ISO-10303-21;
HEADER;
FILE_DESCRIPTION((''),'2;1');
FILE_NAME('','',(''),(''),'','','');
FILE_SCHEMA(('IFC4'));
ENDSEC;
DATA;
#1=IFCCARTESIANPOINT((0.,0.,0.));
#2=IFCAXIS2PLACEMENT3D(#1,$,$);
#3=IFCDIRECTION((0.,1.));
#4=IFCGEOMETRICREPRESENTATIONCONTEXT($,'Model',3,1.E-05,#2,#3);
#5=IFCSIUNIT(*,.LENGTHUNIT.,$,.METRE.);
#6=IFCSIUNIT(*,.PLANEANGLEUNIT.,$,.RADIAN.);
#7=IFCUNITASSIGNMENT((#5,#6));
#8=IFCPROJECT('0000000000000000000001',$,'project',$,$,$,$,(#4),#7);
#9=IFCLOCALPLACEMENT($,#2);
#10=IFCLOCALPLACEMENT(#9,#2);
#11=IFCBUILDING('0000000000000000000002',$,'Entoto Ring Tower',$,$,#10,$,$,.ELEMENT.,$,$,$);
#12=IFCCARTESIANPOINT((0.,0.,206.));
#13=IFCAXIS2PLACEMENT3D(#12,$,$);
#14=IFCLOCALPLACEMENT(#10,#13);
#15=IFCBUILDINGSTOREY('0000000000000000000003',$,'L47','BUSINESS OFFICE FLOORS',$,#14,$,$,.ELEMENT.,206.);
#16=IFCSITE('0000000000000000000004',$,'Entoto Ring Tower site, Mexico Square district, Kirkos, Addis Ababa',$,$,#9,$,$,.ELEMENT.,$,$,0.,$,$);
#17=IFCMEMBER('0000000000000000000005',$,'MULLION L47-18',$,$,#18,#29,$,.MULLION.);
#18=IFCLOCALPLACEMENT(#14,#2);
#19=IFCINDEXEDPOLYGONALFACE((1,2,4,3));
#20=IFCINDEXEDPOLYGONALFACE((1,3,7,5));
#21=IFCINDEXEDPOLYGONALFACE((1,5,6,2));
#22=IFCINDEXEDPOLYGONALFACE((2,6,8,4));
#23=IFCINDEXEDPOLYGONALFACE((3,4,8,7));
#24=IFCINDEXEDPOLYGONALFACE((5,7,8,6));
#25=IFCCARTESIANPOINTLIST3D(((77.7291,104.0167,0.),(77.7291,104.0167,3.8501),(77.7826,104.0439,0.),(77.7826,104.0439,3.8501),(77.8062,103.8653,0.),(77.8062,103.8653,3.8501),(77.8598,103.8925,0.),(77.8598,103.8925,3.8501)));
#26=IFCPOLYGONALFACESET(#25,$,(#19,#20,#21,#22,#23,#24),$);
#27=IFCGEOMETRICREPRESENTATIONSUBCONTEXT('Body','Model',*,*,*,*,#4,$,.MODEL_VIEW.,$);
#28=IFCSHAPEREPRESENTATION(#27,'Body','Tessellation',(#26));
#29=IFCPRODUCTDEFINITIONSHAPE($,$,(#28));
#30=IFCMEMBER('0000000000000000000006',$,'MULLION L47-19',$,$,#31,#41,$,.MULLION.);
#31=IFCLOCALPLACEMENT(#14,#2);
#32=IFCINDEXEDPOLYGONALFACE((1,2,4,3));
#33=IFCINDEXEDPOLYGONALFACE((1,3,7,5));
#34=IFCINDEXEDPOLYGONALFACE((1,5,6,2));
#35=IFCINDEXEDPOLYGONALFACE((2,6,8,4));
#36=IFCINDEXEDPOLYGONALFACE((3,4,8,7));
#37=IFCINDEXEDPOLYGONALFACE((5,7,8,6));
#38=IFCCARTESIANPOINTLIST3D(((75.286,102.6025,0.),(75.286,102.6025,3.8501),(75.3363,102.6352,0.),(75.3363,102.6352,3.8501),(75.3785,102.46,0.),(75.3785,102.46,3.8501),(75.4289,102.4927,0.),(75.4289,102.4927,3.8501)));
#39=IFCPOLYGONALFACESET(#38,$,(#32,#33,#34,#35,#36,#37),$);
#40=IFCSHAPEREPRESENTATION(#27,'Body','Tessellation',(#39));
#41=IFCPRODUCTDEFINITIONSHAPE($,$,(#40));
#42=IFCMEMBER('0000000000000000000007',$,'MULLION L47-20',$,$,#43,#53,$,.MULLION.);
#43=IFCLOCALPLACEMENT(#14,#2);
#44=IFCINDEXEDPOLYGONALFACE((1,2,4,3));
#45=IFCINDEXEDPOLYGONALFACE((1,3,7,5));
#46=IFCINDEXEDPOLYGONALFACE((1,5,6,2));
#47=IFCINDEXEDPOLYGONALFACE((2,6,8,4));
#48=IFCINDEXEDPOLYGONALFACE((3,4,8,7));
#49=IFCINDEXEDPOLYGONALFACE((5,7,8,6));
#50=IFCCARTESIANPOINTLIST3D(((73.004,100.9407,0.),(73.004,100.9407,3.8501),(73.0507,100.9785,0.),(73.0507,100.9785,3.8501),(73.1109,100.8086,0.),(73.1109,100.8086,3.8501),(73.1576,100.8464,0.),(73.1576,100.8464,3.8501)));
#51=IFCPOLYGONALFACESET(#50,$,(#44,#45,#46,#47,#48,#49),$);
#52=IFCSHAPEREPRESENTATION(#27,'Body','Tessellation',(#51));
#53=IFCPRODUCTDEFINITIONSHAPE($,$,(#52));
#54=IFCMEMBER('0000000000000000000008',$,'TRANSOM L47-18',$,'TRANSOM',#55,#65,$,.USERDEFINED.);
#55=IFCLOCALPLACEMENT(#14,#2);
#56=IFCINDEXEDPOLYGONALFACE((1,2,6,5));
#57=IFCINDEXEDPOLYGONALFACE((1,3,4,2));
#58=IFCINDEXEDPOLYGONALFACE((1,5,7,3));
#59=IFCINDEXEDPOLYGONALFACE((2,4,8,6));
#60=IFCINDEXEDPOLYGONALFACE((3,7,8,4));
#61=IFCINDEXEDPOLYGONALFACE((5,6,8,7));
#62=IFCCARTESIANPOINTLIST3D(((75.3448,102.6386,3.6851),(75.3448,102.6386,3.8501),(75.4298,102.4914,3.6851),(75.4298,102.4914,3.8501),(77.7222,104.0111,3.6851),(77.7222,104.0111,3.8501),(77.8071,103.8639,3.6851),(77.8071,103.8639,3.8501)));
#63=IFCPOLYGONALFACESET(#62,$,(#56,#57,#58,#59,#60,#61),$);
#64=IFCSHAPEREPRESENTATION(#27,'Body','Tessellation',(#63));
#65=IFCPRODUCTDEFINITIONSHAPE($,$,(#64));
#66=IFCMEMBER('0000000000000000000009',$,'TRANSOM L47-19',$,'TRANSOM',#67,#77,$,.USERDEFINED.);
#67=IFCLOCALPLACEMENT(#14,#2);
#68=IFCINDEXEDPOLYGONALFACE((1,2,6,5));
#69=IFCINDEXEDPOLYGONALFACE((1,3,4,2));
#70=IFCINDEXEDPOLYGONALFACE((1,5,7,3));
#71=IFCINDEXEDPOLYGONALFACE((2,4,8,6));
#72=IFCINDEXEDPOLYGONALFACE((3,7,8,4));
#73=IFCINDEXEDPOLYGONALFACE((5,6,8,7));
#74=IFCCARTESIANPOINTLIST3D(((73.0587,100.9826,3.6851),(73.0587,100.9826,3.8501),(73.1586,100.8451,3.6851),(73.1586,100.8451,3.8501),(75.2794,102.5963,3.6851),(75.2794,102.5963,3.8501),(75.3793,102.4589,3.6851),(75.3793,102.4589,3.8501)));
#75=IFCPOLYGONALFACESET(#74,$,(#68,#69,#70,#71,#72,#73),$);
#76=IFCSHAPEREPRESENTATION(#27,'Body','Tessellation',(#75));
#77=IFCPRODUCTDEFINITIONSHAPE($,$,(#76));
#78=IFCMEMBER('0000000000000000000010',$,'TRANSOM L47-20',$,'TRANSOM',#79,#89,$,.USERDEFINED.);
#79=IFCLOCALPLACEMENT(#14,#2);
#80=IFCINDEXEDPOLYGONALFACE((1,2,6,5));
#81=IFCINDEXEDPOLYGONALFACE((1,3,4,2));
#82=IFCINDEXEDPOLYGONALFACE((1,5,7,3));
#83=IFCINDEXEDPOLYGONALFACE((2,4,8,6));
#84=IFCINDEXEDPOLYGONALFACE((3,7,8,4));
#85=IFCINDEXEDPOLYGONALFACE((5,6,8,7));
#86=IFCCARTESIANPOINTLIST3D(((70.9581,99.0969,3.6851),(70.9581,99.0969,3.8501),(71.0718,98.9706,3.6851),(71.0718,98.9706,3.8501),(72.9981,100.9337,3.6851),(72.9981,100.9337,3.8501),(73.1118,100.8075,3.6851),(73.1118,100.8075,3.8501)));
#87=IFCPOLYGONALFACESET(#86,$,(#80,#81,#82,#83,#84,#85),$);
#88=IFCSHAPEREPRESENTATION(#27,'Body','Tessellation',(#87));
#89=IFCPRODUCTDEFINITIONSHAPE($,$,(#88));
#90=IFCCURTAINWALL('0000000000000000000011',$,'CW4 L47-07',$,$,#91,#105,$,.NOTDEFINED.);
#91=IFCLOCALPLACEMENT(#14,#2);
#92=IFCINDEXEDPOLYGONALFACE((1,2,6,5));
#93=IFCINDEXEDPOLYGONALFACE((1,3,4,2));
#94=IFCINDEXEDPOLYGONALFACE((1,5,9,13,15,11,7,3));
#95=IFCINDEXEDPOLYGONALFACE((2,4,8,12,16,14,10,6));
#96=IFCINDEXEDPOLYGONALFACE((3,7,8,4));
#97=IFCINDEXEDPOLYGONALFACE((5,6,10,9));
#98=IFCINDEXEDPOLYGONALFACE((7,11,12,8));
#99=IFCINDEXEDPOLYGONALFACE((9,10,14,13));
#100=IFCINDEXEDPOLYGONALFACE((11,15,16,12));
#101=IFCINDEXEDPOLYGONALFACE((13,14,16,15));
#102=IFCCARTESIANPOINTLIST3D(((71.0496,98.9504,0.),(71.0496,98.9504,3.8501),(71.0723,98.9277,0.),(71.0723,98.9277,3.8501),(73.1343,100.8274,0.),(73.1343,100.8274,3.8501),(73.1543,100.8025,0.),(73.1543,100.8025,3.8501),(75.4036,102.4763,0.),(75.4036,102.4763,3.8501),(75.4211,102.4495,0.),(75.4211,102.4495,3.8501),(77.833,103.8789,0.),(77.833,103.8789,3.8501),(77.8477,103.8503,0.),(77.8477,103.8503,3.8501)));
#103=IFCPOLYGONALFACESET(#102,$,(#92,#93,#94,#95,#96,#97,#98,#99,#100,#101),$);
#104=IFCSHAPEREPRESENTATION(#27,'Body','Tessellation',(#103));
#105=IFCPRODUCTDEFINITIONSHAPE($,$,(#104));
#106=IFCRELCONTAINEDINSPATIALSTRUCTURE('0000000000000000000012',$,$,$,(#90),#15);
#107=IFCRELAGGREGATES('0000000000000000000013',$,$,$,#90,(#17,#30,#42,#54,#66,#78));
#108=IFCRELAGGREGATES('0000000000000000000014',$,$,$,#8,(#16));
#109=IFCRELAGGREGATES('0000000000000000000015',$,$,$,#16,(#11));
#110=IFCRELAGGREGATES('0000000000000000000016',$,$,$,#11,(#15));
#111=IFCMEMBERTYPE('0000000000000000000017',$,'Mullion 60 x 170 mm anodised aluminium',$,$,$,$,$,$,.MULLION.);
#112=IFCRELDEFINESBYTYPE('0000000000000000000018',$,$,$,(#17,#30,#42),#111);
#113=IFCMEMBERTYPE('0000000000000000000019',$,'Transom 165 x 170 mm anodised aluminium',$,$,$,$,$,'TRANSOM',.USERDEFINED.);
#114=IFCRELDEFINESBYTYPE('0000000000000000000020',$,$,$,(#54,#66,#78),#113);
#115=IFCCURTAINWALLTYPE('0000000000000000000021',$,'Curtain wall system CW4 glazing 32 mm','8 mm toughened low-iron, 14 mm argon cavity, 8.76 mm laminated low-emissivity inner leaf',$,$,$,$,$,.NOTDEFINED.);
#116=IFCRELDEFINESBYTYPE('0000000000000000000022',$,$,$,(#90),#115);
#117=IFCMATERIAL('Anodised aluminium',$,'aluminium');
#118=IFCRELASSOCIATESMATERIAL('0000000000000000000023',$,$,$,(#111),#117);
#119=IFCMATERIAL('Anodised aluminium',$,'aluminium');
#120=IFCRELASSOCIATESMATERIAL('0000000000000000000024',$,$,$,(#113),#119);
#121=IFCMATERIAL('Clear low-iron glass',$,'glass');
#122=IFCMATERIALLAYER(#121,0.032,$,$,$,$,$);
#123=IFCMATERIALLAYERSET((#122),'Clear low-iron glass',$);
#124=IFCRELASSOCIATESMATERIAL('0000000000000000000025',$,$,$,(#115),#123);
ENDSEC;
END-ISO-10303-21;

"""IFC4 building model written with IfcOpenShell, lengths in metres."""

from ifc_helpers import new_model, si_unit, direction, frame, origin, origin_2d, place, context, subcontext, project, spatial, polyline, rectangle, outline, extrude, material, layer, layer_set, material_profile, profile_set, type_object, element, aggregate, save


model = new_model("IFC4")

# Units and contexts
model_context = context("Model", 3, precision=1e-05, world=origin(), true_north=direction((0.0, 1.0)))
body_context = subcontext(model_context, "Body", "Model", "MODEL_VIEW")
ifc_project = project(units=[si_unit("LENGTHUNIT", "METRE"), si_unit("PLANEANGLEUNIT", "RADIAN")], contexts=[model_context])

# Members
ifc_material_1 = material(Name="Anodised aluminium", Category="aluminium")
ifc_material_profile_1 = material_profile(ifc_material_1, rectangle(XDim=0.0601, YDim=0.1699, at=origin_2d()), Name="Mullion 60 x 170 mm anodised aluminium")
ifc_profile_set_1 = profile_set([ifc_material_profile_1], Name="Anodised aluminium")
member_type_1 = type_object("IfcMemberType", Name="Mullion 60 x 170 mm anodised aluminium", PredefinedType="MULLION", material=ifc_profile_set_1)
site_placement = place(None, origin())
building_placement = place(site_placement, origin())
storey_placement = place(building_placement, frame((0.0, 0.0, 206.0)))
member_1_placement = place(storey_placement, frame((77.7944, 103.9546, 0.0), z_axis=(0.0, 0.0, 1.0), x_axis=(-0.891007, -0.45399, 0.0)))
member_1 = element("IfcMember", 1, at=member_1_placement, type_object=member_type_1, Name="MULLION L47-18", PredefinedType="MULLION", context=body_context, shape_type="SweptSolid", body=[
    extrude(rectangle(XDim=0.0601, YDim=0.1699, at=origin_2d()), origin(), (0.0, 0.0, 1.0), 3.8501),
])
member_2_placement = place(storey_placement, frame((75.3574, 102.5476, 0.0), z_axis=(0.0, 0.0, 1.0), x_axis=(-0.838671, -0.544639, 0.0)))
member_2 = element("IfcMember", 2, at=member_2_placement, type_object=member_type_1, Name="MULLION L47-19", PredefinedType="MULLION", context=body_context, shape_type="SweptSolid", body=[
    extrude(rectangle(XDim=0.0601, YDim=0.1699, at=origin_2d()), origin(), (0.0, 0.0, 1.0), 3.8501),
])
member_3_placement = place(storey_placement, frame((73.0808, 100.8936, 0.0), z_axis=(0.0, 0.0, 1.0), x_axis=(-0.777146, -0.62932, 0.0)))
member_3 = element("IfcMember", 3, at=member_3_placement, type_object=member_type_1, Name="MULLION L47-20", PredefinedType="MULLION", context=body_context, shape_type="SweptSolid", body=[
    extrude(rectangle(XDim=0.0601, YDim=0.1699, at=origin_2d()), origin(), (0.0, 0.0, 1.0), 3.8501),
])
ifc_material_2 = material(Name="Anodised aluminium", Category="aluminium")
ifc_material_profile_2 = material_profile(ifc_material_2, rectangle(XDim=0.1699, YDim=0.165, at=origin_2d()), Name="Transom 165 x 170 mm anodised aluminium")
ifc_profile_set_2 = profile_set([ifc_material_profile_2], Name="Anodised aluminium")
member_type_2 = type_object("IfcMemberType", Name="Transom 165 x 170 mm anodised aluminium", ElementType="TRANSOM", PredefinedType="USERDEFINED", material=ifc_profile_set_2)
member_4_placement = place(storey_placement, frame((77.7646, 103.9375, 3.7676), z_axis=(-0.866035, -0.499984, 0.0), x_axis=(0.499984, -0.866035, 0.0)))
member_4 = element("IfcMember", 4, at=member_4_placement, type_object=member_type_2, Name="TRANSOM L47-18", ObjectType="TRANSOM", PredefinedType="USERDEFINED", context=body_context, shape_type="SweptSolid", body=[
    extrude(rectangle(XDim=0.1699, YDim=0.165, at=origin_2d()), origin(), (0.0, 0.0, 1.0), 2.7451),
])
member_5_placement = place(storey_placement, frame((75.3293, 102.5276, 3.7676), z_axis=(-0.808959, -0.587865, 0.0), x_axis=(0.587865, -0.808959, 0.0)))
member_5 = element("IfcMember", 5, at=member_5_placement, type_object=member_type_2, Name="TRANSOM L47-19", ObjectType="TRANSOM", PredefinedType="USERDEFINED", context=body_context, shape_type="SweptSolid", body=[
    extrude(rectangle(XDim=0.1699, YDim=0.165, at=origin_2d()), origin(), (0.0, 0.0, 1.0), 2.7451),
])
member_6_placement = place(storey_placement, frame((73.0549, 100.8706, 3.7676), z_axis=(-0.743135, -0.669142, 0.0), x_axis=(0.669142, -0.743135, 0.0)))
member_6 = element("IfcMember", 6, at=member_6_placement, type_object=member_type_2, Name="TRANSOM L47-20", ObjectType="TRANSOM", PredefinedType="USERDEFINED", context=body_context, shape_type="SweptSolid", body=[
    extrude(rectangle(XDim=0.1699, YDim=0.165, at=origin_2d()), origin(), (0.0, 0.0, 1.0), 2.7451),
])

# Site, building, storey
site = spatial("IfcSite", under=ifc_project, at=site_placement, Name="Entoto Ring Tower site, Mexico Square district, Kirkos, Addis Ababa", CompositionType="ELEMENT", RefElevation=0.0)
building = spatial("IfcBuilding", under=site, at=building_placement, Name="Entoto Ring Tower", CompositionType="ELEMENT")
storey = spatial("IfcBuildingStorey", under=building, at=storey_placement, Name="L47", Description="BUSINESS OFFICE FLOORS", CompositionType="ELEMENT", Elevation=206.0)

# Curtain wall
ifc_material_3 = material(Name="Clear low-iron glass", Category="glass")
ifc_layer = layer(ifc_material_3, 0.032)
ifc_layer_set = layer_set([ifc_layer], Name="Clear low-iron glass")
curtain_wall_type = type_object("IfcCurtainWallType", Name="Curtain wall system CW4 glazing 32 mm", Description="8 mm toughened low-iron, 14 mm argon cavity, 8.76 mm laminated low-emissivity inner leaf", PredefinedType="NOTDEFINED", material=ifc_layer_set)
curtain_wall_1_placement = place(storey_placement, origin())
curtain_wall_1 = element("IfcCurtainWall", 7, at=curtain_wall_1_placement, inside=storey, type_object=curtain_wall_type, Name="CW4 L47-07", PredefinedType="NOTDEFINED", context=body_context, shape_type="SweptSolid", body=[
    extrude(outline(polyline([(77.833, 103.8789), (75.4036, 102.4763), (73.1343, 100.8274), (71.0496, 98.9504), (71.0723, 98.9277), (73.1543, 100.8025), (75.4211, 102.4495), (77.8477, 103.8503), (77.833, 103.8789)])), origin(), (0.0, 0.0, 1.0), 3.8501),
])
aggregate(curtain_wall_1, [member_1, member_2, member_3, member_4, member_5, member_6])

save(model, "model.ifc")
